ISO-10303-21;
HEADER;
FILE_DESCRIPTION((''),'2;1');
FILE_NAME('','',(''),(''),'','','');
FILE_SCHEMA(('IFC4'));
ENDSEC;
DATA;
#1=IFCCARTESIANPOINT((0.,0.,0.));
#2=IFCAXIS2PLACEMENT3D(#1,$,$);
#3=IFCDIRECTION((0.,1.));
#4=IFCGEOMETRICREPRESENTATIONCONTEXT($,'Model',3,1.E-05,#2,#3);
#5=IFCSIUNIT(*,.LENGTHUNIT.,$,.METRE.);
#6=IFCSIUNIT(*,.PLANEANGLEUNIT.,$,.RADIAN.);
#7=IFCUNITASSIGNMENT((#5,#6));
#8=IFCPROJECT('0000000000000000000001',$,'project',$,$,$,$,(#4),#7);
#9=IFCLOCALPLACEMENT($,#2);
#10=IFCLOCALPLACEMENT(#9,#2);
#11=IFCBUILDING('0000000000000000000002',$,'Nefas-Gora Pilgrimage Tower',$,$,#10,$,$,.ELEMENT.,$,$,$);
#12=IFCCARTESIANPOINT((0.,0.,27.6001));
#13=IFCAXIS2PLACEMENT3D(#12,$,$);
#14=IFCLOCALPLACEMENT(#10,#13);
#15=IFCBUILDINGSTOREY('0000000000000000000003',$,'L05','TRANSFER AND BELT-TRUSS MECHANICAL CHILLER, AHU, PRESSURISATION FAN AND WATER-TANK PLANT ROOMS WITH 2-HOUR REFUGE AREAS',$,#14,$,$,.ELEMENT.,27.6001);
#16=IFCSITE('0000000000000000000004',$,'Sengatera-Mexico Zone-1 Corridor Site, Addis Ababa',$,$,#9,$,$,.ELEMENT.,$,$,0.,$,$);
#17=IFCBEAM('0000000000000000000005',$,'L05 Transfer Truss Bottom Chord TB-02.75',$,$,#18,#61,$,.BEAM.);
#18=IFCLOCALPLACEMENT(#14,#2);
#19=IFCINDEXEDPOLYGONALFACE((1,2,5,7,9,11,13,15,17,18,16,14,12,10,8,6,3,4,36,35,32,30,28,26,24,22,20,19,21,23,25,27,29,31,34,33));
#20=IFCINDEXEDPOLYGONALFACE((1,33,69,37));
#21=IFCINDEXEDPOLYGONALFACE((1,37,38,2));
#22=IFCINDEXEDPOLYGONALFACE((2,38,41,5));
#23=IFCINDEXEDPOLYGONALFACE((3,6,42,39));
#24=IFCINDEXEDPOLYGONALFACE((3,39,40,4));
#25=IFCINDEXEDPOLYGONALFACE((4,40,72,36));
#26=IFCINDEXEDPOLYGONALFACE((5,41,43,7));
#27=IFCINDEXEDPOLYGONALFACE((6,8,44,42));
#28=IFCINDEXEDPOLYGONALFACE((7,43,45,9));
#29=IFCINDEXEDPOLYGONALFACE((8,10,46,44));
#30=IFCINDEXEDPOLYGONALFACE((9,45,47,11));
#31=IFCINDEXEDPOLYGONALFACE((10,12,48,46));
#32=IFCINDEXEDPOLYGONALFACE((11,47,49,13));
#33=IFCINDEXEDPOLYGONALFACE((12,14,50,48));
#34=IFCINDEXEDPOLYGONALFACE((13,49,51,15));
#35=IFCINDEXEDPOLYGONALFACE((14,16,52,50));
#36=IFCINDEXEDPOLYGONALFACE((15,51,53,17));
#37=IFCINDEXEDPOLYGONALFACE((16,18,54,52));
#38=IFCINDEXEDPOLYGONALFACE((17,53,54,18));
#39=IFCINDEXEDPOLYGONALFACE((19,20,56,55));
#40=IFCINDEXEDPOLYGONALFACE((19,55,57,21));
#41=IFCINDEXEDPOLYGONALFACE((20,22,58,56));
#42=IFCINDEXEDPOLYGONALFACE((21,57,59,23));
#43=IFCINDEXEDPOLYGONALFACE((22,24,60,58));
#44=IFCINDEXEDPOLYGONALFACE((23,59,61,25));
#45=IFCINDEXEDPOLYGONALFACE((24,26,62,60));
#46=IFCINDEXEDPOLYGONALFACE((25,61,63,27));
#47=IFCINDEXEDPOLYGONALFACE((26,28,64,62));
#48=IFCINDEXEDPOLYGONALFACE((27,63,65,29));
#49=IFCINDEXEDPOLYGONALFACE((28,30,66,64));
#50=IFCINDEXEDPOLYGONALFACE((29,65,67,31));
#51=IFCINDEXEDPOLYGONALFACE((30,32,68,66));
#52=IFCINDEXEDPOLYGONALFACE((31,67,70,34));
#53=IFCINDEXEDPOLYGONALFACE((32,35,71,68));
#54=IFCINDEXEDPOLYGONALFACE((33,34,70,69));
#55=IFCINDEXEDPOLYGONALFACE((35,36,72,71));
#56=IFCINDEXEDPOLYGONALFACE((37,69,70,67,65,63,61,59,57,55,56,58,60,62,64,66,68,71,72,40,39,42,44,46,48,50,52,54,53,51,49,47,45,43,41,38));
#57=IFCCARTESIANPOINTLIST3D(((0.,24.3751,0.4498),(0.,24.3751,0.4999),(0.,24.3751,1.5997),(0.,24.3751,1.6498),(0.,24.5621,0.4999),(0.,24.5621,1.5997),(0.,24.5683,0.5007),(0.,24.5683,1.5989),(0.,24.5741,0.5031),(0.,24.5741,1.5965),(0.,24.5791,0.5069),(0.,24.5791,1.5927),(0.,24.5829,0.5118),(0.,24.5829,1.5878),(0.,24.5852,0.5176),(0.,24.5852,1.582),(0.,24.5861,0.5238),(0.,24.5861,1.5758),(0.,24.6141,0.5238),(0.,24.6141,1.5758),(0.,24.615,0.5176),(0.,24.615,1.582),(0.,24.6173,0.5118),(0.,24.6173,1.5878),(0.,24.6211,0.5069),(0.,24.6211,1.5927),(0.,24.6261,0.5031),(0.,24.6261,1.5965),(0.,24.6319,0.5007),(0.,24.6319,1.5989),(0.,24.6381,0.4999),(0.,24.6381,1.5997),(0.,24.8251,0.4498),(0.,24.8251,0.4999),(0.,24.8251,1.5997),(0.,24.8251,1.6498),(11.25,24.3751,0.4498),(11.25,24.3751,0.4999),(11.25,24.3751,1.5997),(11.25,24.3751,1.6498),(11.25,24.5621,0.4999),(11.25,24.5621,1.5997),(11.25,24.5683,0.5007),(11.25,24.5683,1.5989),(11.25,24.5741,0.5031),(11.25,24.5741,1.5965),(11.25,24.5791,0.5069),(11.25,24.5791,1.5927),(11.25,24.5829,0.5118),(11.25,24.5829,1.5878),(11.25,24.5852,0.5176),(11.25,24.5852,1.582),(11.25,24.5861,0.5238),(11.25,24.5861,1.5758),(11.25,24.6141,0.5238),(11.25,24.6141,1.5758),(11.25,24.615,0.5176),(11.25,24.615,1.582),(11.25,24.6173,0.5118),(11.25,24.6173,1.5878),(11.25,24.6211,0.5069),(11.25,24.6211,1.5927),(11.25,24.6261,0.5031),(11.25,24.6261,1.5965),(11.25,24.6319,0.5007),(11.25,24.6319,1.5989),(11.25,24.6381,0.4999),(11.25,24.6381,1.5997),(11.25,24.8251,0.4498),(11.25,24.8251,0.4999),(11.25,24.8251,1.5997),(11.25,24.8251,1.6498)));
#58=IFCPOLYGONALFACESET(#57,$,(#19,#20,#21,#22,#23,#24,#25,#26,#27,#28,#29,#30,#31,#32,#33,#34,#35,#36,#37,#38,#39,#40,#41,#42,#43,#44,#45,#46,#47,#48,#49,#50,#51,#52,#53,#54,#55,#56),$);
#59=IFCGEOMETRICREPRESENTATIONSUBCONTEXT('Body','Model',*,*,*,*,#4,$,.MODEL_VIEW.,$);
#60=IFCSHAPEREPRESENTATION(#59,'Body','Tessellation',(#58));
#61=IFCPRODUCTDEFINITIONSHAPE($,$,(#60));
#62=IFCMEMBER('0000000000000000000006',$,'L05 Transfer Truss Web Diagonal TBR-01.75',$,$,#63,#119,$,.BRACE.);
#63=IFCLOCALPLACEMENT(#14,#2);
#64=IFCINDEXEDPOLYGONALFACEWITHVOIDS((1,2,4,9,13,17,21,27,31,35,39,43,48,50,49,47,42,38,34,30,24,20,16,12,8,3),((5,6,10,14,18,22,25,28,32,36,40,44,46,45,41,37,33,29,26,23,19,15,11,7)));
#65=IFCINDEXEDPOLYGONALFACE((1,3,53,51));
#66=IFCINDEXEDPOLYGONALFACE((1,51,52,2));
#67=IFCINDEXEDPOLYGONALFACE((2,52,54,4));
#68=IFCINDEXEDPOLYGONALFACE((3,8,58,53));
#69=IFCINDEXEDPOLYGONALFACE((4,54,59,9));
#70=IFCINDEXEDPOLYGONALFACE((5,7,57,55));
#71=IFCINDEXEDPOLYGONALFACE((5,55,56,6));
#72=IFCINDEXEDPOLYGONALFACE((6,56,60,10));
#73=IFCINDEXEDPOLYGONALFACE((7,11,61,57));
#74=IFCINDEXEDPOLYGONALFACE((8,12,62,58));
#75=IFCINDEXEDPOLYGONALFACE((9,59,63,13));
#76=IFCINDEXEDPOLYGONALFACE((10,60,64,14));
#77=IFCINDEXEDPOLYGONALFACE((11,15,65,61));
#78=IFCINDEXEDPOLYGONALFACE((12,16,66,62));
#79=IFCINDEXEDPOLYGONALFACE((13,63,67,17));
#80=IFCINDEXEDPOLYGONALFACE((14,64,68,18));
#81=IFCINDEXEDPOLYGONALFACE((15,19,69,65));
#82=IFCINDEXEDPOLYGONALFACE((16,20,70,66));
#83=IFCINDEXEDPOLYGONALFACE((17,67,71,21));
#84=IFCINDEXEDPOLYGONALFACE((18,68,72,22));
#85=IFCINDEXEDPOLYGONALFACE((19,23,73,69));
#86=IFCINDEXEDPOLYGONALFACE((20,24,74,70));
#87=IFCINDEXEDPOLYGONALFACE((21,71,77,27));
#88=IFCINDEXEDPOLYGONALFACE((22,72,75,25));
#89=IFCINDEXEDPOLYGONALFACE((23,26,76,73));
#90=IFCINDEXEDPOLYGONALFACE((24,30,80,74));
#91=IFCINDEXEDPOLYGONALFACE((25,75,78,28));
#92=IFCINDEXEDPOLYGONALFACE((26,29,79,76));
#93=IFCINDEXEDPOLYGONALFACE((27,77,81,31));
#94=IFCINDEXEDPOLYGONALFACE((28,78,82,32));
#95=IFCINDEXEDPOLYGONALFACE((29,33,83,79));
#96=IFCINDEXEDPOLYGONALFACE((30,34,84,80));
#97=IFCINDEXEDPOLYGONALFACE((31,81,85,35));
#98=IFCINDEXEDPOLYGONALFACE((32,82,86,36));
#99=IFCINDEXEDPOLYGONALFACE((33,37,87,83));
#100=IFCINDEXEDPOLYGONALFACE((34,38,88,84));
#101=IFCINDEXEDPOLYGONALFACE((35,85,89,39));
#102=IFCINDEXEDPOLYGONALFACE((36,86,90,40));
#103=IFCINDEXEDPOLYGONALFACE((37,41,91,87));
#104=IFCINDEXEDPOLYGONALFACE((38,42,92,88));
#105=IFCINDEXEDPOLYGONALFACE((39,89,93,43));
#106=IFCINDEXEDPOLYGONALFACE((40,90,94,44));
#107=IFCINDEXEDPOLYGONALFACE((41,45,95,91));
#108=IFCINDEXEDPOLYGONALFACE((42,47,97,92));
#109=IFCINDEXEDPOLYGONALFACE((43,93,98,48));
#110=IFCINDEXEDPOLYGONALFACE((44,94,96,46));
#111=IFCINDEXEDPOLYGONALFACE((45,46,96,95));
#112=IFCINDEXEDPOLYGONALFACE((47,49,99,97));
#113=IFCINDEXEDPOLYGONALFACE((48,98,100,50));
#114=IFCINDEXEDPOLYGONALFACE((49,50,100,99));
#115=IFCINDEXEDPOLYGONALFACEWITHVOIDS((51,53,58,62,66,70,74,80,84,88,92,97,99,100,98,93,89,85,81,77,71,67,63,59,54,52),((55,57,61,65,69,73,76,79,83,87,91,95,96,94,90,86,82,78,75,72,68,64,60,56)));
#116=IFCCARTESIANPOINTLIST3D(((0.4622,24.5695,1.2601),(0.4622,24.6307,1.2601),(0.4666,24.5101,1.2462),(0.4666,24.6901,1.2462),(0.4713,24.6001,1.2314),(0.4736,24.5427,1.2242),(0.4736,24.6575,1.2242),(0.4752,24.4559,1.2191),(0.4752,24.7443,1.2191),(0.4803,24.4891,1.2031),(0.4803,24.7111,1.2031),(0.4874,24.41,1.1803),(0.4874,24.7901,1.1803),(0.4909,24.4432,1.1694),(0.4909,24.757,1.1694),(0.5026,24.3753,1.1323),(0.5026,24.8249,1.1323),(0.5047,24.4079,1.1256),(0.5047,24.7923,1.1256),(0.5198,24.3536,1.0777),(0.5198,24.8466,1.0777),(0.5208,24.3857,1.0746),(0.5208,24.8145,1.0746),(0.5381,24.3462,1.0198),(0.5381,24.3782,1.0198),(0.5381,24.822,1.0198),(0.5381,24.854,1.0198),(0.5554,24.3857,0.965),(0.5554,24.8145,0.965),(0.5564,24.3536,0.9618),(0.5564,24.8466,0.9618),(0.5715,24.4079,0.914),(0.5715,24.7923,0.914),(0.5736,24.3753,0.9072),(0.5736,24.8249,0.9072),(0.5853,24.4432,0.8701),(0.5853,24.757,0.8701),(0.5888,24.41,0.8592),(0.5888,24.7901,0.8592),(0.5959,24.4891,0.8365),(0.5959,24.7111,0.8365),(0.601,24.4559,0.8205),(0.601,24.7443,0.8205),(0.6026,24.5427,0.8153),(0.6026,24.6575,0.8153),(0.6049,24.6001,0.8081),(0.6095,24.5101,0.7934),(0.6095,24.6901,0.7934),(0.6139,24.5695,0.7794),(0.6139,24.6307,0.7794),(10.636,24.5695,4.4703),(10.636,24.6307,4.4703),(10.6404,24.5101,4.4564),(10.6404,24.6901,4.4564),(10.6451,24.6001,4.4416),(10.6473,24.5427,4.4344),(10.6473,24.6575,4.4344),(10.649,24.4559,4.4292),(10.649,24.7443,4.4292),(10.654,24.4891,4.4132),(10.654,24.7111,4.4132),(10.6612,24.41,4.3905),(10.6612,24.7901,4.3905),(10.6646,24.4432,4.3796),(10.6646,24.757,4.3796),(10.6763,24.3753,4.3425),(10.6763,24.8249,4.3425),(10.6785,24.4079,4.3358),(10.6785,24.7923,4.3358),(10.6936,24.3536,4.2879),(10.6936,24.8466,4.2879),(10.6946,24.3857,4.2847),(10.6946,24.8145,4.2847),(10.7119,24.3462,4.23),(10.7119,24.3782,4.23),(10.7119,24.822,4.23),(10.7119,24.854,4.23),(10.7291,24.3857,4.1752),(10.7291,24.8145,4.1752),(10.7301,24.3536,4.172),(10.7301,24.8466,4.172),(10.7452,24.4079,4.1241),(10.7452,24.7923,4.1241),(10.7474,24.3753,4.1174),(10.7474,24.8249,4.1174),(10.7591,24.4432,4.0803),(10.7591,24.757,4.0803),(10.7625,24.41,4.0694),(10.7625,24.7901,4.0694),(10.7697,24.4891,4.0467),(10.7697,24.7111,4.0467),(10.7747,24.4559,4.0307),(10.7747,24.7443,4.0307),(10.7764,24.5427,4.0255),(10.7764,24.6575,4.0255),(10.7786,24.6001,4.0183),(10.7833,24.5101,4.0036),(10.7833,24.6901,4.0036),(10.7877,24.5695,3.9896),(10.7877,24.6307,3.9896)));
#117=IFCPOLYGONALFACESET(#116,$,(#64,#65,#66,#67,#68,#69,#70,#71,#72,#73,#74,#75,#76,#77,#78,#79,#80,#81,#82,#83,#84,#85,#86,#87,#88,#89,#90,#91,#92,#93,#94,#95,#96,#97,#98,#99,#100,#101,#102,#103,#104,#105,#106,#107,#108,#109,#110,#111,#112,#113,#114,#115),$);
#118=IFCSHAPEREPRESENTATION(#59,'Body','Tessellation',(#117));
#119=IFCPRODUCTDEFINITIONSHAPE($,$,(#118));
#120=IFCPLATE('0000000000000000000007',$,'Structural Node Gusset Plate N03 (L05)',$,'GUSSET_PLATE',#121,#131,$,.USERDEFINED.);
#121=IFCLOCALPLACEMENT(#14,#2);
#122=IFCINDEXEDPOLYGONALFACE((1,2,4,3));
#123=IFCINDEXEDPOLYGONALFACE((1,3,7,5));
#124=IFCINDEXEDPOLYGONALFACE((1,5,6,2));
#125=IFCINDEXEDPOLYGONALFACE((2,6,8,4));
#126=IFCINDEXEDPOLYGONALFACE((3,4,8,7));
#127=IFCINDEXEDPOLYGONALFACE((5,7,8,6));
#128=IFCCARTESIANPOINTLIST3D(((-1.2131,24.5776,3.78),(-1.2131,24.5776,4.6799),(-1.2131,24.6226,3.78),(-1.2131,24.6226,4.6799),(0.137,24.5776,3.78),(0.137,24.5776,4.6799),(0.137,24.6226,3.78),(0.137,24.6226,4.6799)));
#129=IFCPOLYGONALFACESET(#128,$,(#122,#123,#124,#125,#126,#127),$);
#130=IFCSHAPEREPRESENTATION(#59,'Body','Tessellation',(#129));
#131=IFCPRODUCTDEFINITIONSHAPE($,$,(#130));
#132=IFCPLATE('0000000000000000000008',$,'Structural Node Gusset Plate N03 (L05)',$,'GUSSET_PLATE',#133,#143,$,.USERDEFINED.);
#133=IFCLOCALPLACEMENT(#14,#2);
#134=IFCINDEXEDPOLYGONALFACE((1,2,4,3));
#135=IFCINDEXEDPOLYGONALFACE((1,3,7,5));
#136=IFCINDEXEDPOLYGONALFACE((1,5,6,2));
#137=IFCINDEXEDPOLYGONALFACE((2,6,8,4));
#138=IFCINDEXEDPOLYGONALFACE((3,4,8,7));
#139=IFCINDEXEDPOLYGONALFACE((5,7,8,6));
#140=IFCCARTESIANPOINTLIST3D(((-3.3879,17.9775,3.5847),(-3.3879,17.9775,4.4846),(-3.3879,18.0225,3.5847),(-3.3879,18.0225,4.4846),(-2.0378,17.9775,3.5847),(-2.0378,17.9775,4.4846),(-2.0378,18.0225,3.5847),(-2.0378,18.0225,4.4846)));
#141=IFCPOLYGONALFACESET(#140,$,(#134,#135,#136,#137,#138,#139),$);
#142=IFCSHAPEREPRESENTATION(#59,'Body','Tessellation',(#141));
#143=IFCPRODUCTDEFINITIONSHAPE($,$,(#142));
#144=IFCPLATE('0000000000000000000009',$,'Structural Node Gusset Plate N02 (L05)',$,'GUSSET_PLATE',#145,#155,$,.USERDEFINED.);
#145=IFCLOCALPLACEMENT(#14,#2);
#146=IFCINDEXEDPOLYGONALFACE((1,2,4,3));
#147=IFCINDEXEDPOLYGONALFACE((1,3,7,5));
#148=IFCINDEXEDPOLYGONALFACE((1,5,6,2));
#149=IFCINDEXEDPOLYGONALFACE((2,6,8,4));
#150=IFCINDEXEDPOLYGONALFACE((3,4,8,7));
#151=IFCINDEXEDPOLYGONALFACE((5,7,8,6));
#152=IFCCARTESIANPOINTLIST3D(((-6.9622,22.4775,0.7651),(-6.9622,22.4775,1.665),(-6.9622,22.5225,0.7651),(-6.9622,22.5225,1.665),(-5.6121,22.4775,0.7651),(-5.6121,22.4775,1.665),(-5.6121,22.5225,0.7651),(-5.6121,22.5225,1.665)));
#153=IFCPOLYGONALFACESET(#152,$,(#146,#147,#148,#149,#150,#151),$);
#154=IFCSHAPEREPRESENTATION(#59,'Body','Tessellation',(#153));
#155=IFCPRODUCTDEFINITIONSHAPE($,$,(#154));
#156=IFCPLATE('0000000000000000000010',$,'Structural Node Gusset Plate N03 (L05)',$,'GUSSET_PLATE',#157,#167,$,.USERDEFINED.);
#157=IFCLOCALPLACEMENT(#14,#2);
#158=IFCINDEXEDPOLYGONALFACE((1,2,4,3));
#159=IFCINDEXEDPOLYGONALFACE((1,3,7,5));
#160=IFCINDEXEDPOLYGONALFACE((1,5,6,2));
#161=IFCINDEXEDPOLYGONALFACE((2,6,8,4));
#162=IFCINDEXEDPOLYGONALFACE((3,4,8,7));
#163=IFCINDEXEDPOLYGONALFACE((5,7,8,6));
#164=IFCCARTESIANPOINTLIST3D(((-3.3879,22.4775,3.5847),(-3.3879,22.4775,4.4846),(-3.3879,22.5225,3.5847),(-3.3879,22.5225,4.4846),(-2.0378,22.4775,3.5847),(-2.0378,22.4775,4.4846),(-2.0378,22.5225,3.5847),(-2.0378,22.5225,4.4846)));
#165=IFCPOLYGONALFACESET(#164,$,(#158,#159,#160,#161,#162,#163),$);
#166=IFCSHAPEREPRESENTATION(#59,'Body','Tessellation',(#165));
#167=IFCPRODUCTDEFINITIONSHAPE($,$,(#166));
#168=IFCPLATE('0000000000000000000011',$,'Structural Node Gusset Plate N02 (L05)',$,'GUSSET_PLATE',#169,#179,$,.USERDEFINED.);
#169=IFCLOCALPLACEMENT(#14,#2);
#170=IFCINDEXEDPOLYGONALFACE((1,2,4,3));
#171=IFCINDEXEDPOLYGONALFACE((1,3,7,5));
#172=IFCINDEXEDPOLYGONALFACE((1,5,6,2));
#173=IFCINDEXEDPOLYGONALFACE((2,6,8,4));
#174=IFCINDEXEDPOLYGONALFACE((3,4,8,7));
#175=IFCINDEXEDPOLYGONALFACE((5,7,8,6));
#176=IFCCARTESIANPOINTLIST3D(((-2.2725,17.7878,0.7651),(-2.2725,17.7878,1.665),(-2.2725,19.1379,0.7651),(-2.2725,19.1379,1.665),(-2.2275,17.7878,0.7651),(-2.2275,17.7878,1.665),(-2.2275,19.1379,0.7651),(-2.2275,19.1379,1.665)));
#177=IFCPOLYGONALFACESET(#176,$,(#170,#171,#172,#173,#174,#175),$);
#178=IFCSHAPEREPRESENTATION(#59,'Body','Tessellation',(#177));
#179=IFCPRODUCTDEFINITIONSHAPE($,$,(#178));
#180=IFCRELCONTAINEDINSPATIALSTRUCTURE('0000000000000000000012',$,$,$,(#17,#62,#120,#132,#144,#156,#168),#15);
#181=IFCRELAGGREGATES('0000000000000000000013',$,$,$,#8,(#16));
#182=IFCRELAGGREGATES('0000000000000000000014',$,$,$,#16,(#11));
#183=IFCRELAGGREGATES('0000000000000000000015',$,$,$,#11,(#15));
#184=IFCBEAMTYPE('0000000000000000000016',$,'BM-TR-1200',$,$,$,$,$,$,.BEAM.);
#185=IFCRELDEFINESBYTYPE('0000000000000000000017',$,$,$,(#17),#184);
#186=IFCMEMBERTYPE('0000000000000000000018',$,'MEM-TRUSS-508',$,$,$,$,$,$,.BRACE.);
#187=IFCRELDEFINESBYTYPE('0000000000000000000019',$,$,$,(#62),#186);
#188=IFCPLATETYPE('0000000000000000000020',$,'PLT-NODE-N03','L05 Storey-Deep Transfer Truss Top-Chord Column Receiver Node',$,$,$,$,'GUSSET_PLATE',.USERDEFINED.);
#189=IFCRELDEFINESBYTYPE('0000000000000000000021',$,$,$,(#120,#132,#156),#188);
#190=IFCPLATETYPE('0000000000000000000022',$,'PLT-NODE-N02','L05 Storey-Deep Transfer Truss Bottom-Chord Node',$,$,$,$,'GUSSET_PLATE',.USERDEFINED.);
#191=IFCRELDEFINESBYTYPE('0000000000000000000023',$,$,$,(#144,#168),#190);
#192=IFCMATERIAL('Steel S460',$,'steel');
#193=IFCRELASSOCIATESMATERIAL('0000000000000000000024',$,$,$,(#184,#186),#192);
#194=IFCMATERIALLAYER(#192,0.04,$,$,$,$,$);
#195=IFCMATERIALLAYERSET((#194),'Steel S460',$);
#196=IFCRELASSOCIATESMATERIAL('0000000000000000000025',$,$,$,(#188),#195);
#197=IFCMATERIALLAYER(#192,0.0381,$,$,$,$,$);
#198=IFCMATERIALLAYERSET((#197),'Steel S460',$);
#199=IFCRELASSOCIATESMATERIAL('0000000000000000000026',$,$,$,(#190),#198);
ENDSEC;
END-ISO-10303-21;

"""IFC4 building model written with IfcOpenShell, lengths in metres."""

from ifc_helpers import new_model, si_unit, direction, frame, origin, origin_2d, place, context, subcontext, project, spatial, rectangle, hollow_circle, i_section, extrude, source, transform, mapped, material, layer, layer_set, material_profile, profile_set, type_object, element, save


model = new_model("IFC4")

# Units and contexts
model_context = context("Model", 3, precision=1e-05, world=origin(), true_north=direction((0.0, 1.0)))
body_context = subcontext(model_context, "Body", "Model", "MODEL_VIEW")
ifc_project = project(units=[si_unit("LENGTHUNIT", "METRE"), si_unit("PLANEANGLEUNIT", "RADIAN")], contexts=[model_context])

# Site, building, storey
site_placement = place(None, origin())
site = spatial("IfcSite", under=ifc_project, at=site_placement, Name="Sengatera-Mexico Zone-1 Corridor Site, Addis Ababa", CompositionType="ELEMENT", RefElevation=0.0)
building_placement = place(site_placement, origin())
building = spatial("IfcBuilding", under=site, at=building_placement, Name="Nefas-Gora Pilgrimage Tower", CompositionType="ELEMENT")
storey_placement = place(building_placement, frame((0.0, 0.0, 27.6001)))
storey = spatial("IfcBuildingStorey", under=building, at=storey_placement, Name="L05", Description="TRANSFER AND BELT-TRUSS MECHANICAL CHILLER, AHU, PRESSURISATION FAN AND WATER-TANK PLANT ROOMS WITH 2-HOUR REFUGE AREAS", CompositionType="ELEMENT", Elevation=27.6001)

# Shared definitions
ifc_material = material(Name="Steel S460", Category="steel")

# Shared definitions
ifc_material_profile_1 = material_profile(ifc_material, i_section(OverallWidth=0.45, OverallDepth=1.2, WebThickness=0.0281, FlangeThickness=0.05, FilletRadius=0.0239, at=origin_2d()), Name="WPG 1200x450x28x50")
ifc_profile_set_1 = profile_set([ifc_material_profile_1], Name="Steel S460")
beam_type_1 = type_object("IfcBeamType", Name="BM-TR-1200", PredefinedType="BEAM", material=ifc_profile_set_1)

# Shared definitions
ifc_material_profile_2 = material_profile(ifc_material, hollow_circle(Radius=0.2539, WallThickness=0.032, at=origin_2d()), Name="CHS 508x32")
ifc_profile_set_2 = profile_set([ifc_material_profile_2], Name="Steel S460")
member_type = type_object("IfcMemberType", Name="MEM-TRUSS-508", PredefinedType="BRACE", material=ifc_profile_set_2)

# Beam
shared_shape_1 = source(origin(), body_context, "Body", "SweptSolid", [
    extrude(i_section(OverallWidth=0.45, OverallDepth=1.2, WebThickness=0.0281, FlangeThickness=0.05, FilletRadius=0.0239, at=origin_2d()), origin(), (0.0, 0.0, 1.0), 11.25),
])
beam_1_placement = place(storey_placement, frame((0.0, 24.6001, 1.0498), z_axis=(1.0, 0.0, 0.0), x_axis=(0.0, 1.0, 0.0)))
element("IfcBeam", 1, at=beam_1_placement, inside=storey, type_object=beam_type_1, Name="L05 Transfer Truss Bottom Chord TB-02.75", PredefinedType="BEAM", context=body_context, shape_type="MappedRepresentation", body=[
    mapped(shared_shape_1, transform((0.0, 0.0, 0.0), x_axis=(1.0, 0.0, 0.0), y_axis=(0.0, 1.0, 0.0), z_axis=(0.0, 0.0, 1.0), scale=1.0)),
])

# Member
shared_shape_2 = source(origin(), body_context, "Body", "SweptSolid", [
    extrude(hollow_circle(Radius=0.2539, WallThickness=0.032, at=origin_2d()), origin(), (0.0, 0.0, 1.0), 10.6682),
])
member_placement = place(storey_placement, frame((0.5381, 24.6001, 1.0198), z_axis=(0.953652, 0.0, 0.300911), x_axis=(0.0, 1.0, 0.0)))
element("IfcMember", 2, at=member_placement, inside=storey, type_object=member_type, Name="L05 Transfer Truss Web Diagonal TBR-01.75", PredefinedType="BRACE", context=body_context, shape_type="MappedRepresentation", body=[
    mapped(shared_shape_2, transform((0.0, 0.0, 0.0), x_axis=(1.0, 0.0, 0.0), y_axis=(0.0, 1.0, 0.0), z_axis=(0.0, 0.0, 1.0), scale=1.0)),
])

# Plates
ifc_layer_1 = layer(ifc_material, 0.04)
ifc_layer_set_1 = layer_set([ifc_layer_1], Name="Steel S460")
plate_type_1 = type_object("IfcPlateType", Name="PLT-NODE-N03", Description="L05 Storey-Deep Transfer Truss Top-Chord Column Receiver Node", ElementType="GUSSET_PLATE", PredefinedType="USERDEFINED", material=ifc_layer_set_1)
shared_shape_3 = source(origin(), body_context, "Body", "SweptSolid", [
    extrude(rectangle(XDim=1.3501, YDim=0.0449, at=origin_2d()), origin(), (0.0, 0.0, 1.0), 0.8999),
])
for number, where, z_axis, x_axis, name in (
    (3, (-0.5381, 24.6001, 3.78), (0.0, 0.0, 1.0), (1.0, 0.0, 0.0), "Structural Node Gusset Plate N03 (L05)"),
    (4, (-2.7129, 18.0, 3.5847), (0.0, 0.0, 1.0), (1.0, 0.0, 0.0), "Structural Node Gusset Plate N03 (L05)"),
):
    element("IfcPlate", number, at=place(storey_placement, frame(where, z_axis=z_axis, x_axis=x_axis)), inside=storey, type_object=plate_type_1, Name=name, ObjectType="GUSSET_PLATE", PredefinedType="USERDEFINED", context=body_context, shape_type="MappedRepresentation", body=[
        mapped(shared_shape_3, transform((0.0, 0.0, 0.0), x_axis=(1.0, 0.0, 0.0), y_axis=(0.0, 1.0, 0.0), z_axis=(0.0, 0.0, 1.0), scale=1.0)),
    ])
ifc_layer_2 = layer(ifc_material, 0.0381)
ifc_layer_set_2 = layer_set([ifc_layer_2], Name="Steel S460")
plate_type_2 = type_object("IfcPlateType", Name="PLT-NODE-N02", Description="L05 Storey-Deep Transfer Truss Bottom-Chord Node", ElementType="GUSSET_PLATE", PredefinedType="USERDEFINED", material=ifc_layer_set_2)
plate_1_placement = place(storey_placement, frame((-6.2871, 22.5, 0.7651), z_axis=(0.0, 0.0, 1.0), x_axis=(1.0, 0.0, 0.0)))
element("IfcPlate", 5, at=plate_1_placement, inside=storey, type_object=plate_type_2, Name="Structural Node Gusset Plate N02 (L05)", ObjectType="GUSSET_PLATE", PredefinedType="USERDEFINED", context=body_context, shape_type="MappedRepresentation", body=[
    mapped(shared_shape_3, transform((0.0, 0.0, 0.0), x_axis=(1.0, 0.0, 0.0), y_axis=(0.0, 1.0, 0.0), z_axis=(0.0, 0.0, 1.0), scale=1.0)),
])
plate_2_placement = place(storey_placement, frame((-2.7129, 22.5, 3.5847), z_axis=(0.0, 0.0, 1.0), x_axis=(1.0, 0.0, 0.0)))
element("IfcPlate", 6, at=plate_2_placement, inside=storey, type_object=plate_type_1, Name="Structural Node Gusset Plate N03 (L05)", ObjectType="GUSSET_PLATE", PredefinedType="USERDEFINED", context=body_context, shape_type="MappedRepresentation", body=[
    mapped(shared_shape_3, transform((0.0, 0.0, 0.0), x_axis=(1.0, 0.0, 0.0), y_axis=(0.0, 1.0, 0.0), z_axis=(0.0, 0.0, 1.0), scale=1.0)),
])
plate_3_placement = place(storey_placement, frame((-2.25, 18.4629, 0.7651), z_axis=(0.0, 0.0, 1.0), x_axis=(0.0, 1.0, 0.0)))
element("IfcPlate", 7, at=plate_3_placement, inside=storey, type_object=plate_type_2, Name="Structural Node Gusset Plate N02 (L05)", ObjectType="GUSSET_PLATE", PredefinedType="USERDEFINED", context=body_context, shape_type="MappedRepresentation", body=[
    mapped(shared_shape_3, transform((0.0, 0.0, 0.0), x_axis=(1.0, 0.0, 0.0), y_axis=(0.0, 1.0, 0.0), z_axis=(0.0, 0.0, 1.0), scale=1.0)),
])

save(model, "model.ifc")
